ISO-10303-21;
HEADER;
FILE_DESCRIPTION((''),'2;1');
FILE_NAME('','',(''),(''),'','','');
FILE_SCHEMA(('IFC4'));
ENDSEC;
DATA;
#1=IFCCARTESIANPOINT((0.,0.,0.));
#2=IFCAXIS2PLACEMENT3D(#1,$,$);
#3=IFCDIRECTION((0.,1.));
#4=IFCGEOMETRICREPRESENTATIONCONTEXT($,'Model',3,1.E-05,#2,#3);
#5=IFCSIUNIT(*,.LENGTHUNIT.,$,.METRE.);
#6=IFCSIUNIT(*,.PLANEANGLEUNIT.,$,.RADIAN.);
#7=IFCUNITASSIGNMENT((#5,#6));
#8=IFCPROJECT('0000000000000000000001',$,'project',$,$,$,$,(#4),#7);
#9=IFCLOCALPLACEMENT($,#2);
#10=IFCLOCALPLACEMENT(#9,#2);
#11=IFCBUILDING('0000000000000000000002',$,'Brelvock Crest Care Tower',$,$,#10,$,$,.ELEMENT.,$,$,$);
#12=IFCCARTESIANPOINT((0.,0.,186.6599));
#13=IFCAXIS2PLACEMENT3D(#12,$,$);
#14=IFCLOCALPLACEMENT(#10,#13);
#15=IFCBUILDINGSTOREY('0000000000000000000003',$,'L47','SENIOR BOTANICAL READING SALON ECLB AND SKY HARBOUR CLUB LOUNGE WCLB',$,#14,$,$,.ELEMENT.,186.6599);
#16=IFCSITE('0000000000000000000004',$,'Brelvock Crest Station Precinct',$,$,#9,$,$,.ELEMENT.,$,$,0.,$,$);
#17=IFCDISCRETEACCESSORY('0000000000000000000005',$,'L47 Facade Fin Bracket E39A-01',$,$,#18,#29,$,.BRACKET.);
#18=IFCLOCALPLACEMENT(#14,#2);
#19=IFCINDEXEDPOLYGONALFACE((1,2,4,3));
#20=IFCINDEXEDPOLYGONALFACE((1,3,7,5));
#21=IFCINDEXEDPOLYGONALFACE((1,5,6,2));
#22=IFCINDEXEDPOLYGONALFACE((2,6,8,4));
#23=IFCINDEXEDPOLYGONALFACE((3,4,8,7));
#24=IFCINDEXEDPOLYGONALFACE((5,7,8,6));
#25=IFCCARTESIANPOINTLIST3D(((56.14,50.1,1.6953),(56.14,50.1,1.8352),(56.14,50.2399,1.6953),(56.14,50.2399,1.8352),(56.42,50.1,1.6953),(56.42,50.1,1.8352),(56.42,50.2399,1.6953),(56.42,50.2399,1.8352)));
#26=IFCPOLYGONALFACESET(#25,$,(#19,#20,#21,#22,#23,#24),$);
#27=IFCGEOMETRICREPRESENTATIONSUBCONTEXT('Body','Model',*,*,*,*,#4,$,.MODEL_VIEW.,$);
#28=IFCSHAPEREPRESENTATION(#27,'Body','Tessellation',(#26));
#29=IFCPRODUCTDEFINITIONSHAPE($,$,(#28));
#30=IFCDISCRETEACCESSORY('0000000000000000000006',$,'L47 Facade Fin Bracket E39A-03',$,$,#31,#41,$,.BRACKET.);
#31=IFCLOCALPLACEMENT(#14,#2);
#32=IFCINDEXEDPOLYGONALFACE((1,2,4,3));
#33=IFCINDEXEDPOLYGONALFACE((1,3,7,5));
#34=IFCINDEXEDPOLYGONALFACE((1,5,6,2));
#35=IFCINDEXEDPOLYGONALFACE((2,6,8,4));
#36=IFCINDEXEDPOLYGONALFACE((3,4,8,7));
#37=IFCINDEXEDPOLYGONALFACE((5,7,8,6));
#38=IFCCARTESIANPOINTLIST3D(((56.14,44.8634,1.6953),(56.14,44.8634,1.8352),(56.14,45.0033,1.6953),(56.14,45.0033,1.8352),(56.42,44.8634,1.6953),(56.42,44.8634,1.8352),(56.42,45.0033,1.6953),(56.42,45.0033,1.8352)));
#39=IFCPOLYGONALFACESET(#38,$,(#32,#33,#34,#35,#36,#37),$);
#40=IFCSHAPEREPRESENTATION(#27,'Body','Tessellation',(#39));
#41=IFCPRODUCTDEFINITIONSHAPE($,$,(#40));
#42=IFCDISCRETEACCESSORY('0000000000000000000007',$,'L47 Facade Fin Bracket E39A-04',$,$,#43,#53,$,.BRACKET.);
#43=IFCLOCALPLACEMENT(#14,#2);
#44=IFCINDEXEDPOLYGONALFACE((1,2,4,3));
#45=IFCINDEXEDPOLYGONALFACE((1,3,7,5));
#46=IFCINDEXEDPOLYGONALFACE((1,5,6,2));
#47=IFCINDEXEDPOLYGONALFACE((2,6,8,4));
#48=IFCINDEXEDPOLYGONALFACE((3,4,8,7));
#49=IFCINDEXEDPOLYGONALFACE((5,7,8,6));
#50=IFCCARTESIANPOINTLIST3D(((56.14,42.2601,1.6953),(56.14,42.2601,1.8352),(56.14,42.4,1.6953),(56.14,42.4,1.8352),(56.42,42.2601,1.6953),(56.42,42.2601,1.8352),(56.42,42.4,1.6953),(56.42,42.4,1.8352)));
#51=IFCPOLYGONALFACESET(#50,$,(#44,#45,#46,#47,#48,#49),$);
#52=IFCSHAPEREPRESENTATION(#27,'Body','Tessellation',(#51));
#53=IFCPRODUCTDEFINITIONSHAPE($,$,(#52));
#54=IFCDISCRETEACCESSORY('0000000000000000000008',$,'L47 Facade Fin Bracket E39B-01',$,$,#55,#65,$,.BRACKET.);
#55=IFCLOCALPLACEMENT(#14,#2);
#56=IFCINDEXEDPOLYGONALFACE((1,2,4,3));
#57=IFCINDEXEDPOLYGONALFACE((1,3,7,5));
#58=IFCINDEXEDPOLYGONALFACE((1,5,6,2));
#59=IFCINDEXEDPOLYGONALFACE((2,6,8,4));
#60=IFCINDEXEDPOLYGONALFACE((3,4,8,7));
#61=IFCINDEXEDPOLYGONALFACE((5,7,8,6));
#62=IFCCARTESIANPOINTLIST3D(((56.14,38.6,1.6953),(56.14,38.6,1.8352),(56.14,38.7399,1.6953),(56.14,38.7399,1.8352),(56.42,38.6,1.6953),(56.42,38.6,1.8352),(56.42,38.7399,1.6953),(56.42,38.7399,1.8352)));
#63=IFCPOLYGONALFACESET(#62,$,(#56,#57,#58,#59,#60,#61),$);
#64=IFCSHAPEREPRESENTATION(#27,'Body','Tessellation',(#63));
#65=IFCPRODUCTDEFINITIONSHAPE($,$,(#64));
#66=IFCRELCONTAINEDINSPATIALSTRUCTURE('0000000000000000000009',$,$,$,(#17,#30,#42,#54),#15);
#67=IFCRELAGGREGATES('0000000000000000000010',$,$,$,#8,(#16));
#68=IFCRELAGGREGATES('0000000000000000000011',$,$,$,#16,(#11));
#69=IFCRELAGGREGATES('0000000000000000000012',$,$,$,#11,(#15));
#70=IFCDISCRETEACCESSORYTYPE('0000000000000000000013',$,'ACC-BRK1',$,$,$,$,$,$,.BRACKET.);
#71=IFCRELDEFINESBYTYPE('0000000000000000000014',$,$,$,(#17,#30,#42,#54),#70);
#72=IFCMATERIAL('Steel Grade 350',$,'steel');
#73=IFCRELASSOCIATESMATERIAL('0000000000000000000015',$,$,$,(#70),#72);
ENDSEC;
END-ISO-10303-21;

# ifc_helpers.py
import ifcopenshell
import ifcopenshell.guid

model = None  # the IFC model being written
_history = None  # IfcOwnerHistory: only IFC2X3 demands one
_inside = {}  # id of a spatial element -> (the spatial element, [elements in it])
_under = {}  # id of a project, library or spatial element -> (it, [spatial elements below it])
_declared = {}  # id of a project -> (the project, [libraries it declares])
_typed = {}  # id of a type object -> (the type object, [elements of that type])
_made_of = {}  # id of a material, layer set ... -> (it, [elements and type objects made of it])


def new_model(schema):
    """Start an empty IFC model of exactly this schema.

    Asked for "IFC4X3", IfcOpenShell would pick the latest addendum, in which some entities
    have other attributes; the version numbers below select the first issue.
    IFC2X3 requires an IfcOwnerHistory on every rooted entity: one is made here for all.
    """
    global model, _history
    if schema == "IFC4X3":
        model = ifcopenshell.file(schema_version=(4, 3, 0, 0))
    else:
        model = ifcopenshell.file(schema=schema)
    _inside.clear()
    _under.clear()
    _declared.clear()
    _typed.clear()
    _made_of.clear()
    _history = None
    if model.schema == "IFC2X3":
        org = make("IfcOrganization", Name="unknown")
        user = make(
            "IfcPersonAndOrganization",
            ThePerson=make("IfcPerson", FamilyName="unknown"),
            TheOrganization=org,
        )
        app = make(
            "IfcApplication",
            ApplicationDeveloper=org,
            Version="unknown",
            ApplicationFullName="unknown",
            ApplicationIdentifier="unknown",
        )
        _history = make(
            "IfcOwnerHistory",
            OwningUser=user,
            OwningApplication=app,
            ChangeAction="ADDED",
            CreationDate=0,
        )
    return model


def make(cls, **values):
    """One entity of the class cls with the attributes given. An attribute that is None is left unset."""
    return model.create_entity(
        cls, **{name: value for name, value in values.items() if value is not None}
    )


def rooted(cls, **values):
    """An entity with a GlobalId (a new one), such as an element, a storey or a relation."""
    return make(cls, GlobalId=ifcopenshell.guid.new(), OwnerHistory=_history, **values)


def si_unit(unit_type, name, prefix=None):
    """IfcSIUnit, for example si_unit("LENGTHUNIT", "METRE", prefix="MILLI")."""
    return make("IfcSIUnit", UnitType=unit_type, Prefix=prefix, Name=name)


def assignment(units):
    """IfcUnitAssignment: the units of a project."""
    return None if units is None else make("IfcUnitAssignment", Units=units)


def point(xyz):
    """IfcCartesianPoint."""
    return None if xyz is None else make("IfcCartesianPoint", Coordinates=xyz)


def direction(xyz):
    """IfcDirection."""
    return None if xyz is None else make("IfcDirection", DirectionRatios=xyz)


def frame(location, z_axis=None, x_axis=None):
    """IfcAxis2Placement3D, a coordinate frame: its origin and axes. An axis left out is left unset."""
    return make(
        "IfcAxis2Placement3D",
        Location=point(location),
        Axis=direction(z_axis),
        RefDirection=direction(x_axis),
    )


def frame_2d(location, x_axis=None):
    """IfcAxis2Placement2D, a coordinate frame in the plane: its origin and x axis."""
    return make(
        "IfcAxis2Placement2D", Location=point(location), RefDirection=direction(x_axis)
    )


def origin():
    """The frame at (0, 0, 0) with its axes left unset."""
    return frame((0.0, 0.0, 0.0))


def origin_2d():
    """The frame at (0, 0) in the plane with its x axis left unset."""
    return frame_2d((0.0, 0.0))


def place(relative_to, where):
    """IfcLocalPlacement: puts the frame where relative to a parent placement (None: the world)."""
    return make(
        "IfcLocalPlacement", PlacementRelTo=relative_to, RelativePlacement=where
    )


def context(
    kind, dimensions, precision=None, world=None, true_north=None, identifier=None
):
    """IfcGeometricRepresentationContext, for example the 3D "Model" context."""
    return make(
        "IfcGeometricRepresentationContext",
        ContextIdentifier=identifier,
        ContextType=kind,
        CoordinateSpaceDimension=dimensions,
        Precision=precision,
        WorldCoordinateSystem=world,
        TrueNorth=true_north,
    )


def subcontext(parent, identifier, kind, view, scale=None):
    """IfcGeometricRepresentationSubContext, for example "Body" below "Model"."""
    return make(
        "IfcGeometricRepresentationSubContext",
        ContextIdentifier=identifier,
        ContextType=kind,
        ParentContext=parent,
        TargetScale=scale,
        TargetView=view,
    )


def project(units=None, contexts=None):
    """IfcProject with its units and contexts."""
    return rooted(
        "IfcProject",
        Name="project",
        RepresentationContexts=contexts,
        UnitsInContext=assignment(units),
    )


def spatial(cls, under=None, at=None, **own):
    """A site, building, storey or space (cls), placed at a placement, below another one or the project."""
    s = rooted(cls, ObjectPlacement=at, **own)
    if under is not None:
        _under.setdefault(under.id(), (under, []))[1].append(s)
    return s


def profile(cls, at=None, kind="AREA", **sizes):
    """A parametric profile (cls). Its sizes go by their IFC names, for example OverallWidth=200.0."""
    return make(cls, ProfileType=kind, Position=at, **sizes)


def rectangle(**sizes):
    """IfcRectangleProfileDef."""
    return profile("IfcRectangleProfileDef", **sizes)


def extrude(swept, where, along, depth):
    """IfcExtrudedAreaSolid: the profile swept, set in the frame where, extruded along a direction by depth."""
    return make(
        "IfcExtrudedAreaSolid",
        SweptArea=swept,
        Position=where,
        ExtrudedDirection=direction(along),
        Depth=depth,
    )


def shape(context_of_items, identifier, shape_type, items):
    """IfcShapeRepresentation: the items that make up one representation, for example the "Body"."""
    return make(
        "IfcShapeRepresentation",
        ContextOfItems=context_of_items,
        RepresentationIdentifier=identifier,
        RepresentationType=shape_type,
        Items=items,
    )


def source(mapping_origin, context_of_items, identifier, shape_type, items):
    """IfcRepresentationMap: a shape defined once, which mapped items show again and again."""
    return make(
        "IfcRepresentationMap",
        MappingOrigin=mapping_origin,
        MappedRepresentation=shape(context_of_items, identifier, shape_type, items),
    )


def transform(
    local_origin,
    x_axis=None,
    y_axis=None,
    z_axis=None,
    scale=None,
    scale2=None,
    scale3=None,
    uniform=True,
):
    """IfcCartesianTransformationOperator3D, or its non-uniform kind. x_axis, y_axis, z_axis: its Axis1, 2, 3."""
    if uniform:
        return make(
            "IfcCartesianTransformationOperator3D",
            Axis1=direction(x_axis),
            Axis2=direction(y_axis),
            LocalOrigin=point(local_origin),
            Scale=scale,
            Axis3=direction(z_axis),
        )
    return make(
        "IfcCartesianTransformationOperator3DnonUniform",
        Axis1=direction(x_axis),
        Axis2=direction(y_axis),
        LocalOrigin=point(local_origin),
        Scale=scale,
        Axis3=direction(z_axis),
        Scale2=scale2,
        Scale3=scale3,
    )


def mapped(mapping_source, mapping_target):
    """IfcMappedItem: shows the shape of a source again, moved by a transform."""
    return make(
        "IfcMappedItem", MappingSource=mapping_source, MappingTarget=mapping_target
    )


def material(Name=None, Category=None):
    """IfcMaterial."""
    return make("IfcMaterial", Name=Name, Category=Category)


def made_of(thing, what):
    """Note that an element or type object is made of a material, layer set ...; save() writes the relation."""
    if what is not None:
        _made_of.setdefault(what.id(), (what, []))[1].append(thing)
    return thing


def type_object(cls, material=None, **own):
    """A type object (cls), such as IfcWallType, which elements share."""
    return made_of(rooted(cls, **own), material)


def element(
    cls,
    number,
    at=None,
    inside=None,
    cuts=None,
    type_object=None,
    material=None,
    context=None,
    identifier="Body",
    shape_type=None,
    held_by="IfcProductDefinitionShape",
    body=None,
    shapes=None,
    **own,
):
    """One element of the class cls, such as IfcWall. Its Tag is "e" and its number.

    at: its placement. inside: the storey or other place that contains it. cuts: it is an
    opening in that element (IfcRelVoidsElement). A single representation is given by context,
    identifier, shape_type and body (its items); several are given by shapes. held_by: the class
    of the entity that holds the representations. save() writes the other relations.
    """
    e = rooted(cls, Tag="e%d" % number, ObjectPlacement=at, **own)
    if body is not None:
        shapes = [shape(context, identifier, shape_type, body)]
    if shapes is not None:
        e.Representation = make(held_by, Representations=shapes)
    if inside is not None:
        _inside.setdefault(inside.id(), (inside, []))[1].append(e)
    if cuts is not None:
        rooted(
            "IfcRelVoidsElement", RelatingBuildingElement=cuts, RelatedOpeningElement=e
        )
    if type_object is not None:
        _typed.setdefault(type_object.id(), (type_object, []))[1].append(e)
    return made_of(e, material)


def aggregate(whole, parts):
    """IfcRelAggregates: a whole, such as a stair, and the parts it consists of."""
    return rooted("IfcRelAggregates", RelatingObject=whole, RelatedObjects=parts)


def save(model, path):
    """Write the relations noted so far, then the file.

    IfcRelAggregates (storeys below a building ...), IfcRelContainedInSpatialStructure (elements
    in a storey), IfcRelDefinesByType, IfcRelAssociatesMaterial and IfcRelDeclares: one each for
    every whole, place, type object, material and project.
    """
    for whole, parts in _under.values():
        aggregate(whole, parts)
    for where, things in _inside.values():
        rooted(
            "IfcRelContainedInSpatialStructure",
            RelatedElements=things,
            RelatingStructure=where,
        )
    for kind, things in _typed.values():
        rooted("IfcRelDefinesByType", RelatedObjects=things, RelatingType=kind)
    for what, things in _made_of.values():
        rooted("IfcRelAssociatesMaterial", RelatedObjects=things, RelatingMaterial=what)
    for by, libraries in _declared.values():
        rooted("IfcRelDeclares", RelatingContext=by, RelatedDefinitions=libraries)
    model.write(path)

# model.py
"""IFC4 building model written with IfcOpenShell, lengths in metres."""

from ifc_helpers import new_model, si_unit, direction, frame, origin, origin_2d, place, context, subcontext, project, spatial, rectangle, extrude, source, transform, mapped, material, type_object, element, save


model = new_model("IFC4")

# Units and contexts
model_context = context("Model", 3, precision=1e-05, world=origin(), true_north=direction((0.0, 1.0)))
body_context = subcontext(model_context, "Body", "Model", "MODEL_VIEW")
ifc_project = project(units=[si_unit("LENGTHUNIT", "METRE"), si_unit("PLANEANGLEUNIT", "RADIAN")], contexts=[model_context])

# Site, building, storey
site_placement = place(None, origin())
site = spatial("IfcSite", under=ifc_project, at=site_placement, Name="Brelvock Crest Station Precinct", CompositionType="ELEMENT", RefElevation=0.0)
building_placement = place(site_placement, origin())
building = spatial("IfcBuilding", under=site, at=building_placement, Name="Brelvock Crest Care Tower", CompositionType="ELEMENT")
storey_placement = place(building_placement, frame((0.0, 0.0, 186.6599)))
storey = spatial("IfcBuildingStorey", under=building, at=storey_placement, Name="L47", Description="SENIOR BOTANICAL READING SALON ECLB AND SKY HARBOUR CLUB LOUNGE WCLB", CompositionType="ELEMENT", Elevation=186.6599)

# Shared definitions
ifc_material_1 = material(Name="Steel Grade 350", Category="steel")

# Discrete accessories
discrete_accessory_type = type_object("IfcDiscreteAccessoryType", Name="ACC-BRK1", PredefinedType="BRACKET", material=ifc_material_1)
shared_shape_1 = source(origin(), body_context, "Body", "SweptSolid", [
    extrude(rectangle(XDim=0.28, YDim=0.1399, at=origin_2d()), origin(), (0.0, 0.0, 1.0), 0.1399),
])
for number, where, z_axis, x_axis, name in (
    (1, (56.28, 50.1699, 1.6953), (0.0, 0.0, 1.0), (1.0, 0.0, 0.0), "L47 Facade Fin Bracket E39A-01"),
    (2, (56.28, 44.9333, 1.6953), (0.0, 0.0, 1.0), (1.0, 0.0, 0.0), "L47 Facade Fin Bracket E39A-03"),
    (3, (56.28, 42.3301, 1.6953), (0.0, 0.0, 1.0), (1.0, 0.0, 0.0), "L47 Facade Fin Bracket E39A-04"),
    (4, (56.28, 38.6699, 1.6953), (0.0, 0.0, 1.0), (1.0, 0.0, 0.0), "L47 Facade Fin Bracket E39B-01"),
):
    element("IfcDiscreteAccessory", number, at=place(storey_placement, frame(where, z_axis=z_axis, x_axis=x_axis)), inside=storey, type_object=discrete_accessory_type, Name=name, PredefinedType="BRACKET", context=body_context, shape_type="MappedRepresentation", body=[
        mapped(shared_shape_1, transform((0.0, 0.0, 0.0), x_axis=(1.0, 0.0, 0.0), y_axis=(0.0, 1.0, 0.0), z_axis=(0.0, 0.0, 1.0), scale=1.0)),
    ])

save(model, "model.ifc")
